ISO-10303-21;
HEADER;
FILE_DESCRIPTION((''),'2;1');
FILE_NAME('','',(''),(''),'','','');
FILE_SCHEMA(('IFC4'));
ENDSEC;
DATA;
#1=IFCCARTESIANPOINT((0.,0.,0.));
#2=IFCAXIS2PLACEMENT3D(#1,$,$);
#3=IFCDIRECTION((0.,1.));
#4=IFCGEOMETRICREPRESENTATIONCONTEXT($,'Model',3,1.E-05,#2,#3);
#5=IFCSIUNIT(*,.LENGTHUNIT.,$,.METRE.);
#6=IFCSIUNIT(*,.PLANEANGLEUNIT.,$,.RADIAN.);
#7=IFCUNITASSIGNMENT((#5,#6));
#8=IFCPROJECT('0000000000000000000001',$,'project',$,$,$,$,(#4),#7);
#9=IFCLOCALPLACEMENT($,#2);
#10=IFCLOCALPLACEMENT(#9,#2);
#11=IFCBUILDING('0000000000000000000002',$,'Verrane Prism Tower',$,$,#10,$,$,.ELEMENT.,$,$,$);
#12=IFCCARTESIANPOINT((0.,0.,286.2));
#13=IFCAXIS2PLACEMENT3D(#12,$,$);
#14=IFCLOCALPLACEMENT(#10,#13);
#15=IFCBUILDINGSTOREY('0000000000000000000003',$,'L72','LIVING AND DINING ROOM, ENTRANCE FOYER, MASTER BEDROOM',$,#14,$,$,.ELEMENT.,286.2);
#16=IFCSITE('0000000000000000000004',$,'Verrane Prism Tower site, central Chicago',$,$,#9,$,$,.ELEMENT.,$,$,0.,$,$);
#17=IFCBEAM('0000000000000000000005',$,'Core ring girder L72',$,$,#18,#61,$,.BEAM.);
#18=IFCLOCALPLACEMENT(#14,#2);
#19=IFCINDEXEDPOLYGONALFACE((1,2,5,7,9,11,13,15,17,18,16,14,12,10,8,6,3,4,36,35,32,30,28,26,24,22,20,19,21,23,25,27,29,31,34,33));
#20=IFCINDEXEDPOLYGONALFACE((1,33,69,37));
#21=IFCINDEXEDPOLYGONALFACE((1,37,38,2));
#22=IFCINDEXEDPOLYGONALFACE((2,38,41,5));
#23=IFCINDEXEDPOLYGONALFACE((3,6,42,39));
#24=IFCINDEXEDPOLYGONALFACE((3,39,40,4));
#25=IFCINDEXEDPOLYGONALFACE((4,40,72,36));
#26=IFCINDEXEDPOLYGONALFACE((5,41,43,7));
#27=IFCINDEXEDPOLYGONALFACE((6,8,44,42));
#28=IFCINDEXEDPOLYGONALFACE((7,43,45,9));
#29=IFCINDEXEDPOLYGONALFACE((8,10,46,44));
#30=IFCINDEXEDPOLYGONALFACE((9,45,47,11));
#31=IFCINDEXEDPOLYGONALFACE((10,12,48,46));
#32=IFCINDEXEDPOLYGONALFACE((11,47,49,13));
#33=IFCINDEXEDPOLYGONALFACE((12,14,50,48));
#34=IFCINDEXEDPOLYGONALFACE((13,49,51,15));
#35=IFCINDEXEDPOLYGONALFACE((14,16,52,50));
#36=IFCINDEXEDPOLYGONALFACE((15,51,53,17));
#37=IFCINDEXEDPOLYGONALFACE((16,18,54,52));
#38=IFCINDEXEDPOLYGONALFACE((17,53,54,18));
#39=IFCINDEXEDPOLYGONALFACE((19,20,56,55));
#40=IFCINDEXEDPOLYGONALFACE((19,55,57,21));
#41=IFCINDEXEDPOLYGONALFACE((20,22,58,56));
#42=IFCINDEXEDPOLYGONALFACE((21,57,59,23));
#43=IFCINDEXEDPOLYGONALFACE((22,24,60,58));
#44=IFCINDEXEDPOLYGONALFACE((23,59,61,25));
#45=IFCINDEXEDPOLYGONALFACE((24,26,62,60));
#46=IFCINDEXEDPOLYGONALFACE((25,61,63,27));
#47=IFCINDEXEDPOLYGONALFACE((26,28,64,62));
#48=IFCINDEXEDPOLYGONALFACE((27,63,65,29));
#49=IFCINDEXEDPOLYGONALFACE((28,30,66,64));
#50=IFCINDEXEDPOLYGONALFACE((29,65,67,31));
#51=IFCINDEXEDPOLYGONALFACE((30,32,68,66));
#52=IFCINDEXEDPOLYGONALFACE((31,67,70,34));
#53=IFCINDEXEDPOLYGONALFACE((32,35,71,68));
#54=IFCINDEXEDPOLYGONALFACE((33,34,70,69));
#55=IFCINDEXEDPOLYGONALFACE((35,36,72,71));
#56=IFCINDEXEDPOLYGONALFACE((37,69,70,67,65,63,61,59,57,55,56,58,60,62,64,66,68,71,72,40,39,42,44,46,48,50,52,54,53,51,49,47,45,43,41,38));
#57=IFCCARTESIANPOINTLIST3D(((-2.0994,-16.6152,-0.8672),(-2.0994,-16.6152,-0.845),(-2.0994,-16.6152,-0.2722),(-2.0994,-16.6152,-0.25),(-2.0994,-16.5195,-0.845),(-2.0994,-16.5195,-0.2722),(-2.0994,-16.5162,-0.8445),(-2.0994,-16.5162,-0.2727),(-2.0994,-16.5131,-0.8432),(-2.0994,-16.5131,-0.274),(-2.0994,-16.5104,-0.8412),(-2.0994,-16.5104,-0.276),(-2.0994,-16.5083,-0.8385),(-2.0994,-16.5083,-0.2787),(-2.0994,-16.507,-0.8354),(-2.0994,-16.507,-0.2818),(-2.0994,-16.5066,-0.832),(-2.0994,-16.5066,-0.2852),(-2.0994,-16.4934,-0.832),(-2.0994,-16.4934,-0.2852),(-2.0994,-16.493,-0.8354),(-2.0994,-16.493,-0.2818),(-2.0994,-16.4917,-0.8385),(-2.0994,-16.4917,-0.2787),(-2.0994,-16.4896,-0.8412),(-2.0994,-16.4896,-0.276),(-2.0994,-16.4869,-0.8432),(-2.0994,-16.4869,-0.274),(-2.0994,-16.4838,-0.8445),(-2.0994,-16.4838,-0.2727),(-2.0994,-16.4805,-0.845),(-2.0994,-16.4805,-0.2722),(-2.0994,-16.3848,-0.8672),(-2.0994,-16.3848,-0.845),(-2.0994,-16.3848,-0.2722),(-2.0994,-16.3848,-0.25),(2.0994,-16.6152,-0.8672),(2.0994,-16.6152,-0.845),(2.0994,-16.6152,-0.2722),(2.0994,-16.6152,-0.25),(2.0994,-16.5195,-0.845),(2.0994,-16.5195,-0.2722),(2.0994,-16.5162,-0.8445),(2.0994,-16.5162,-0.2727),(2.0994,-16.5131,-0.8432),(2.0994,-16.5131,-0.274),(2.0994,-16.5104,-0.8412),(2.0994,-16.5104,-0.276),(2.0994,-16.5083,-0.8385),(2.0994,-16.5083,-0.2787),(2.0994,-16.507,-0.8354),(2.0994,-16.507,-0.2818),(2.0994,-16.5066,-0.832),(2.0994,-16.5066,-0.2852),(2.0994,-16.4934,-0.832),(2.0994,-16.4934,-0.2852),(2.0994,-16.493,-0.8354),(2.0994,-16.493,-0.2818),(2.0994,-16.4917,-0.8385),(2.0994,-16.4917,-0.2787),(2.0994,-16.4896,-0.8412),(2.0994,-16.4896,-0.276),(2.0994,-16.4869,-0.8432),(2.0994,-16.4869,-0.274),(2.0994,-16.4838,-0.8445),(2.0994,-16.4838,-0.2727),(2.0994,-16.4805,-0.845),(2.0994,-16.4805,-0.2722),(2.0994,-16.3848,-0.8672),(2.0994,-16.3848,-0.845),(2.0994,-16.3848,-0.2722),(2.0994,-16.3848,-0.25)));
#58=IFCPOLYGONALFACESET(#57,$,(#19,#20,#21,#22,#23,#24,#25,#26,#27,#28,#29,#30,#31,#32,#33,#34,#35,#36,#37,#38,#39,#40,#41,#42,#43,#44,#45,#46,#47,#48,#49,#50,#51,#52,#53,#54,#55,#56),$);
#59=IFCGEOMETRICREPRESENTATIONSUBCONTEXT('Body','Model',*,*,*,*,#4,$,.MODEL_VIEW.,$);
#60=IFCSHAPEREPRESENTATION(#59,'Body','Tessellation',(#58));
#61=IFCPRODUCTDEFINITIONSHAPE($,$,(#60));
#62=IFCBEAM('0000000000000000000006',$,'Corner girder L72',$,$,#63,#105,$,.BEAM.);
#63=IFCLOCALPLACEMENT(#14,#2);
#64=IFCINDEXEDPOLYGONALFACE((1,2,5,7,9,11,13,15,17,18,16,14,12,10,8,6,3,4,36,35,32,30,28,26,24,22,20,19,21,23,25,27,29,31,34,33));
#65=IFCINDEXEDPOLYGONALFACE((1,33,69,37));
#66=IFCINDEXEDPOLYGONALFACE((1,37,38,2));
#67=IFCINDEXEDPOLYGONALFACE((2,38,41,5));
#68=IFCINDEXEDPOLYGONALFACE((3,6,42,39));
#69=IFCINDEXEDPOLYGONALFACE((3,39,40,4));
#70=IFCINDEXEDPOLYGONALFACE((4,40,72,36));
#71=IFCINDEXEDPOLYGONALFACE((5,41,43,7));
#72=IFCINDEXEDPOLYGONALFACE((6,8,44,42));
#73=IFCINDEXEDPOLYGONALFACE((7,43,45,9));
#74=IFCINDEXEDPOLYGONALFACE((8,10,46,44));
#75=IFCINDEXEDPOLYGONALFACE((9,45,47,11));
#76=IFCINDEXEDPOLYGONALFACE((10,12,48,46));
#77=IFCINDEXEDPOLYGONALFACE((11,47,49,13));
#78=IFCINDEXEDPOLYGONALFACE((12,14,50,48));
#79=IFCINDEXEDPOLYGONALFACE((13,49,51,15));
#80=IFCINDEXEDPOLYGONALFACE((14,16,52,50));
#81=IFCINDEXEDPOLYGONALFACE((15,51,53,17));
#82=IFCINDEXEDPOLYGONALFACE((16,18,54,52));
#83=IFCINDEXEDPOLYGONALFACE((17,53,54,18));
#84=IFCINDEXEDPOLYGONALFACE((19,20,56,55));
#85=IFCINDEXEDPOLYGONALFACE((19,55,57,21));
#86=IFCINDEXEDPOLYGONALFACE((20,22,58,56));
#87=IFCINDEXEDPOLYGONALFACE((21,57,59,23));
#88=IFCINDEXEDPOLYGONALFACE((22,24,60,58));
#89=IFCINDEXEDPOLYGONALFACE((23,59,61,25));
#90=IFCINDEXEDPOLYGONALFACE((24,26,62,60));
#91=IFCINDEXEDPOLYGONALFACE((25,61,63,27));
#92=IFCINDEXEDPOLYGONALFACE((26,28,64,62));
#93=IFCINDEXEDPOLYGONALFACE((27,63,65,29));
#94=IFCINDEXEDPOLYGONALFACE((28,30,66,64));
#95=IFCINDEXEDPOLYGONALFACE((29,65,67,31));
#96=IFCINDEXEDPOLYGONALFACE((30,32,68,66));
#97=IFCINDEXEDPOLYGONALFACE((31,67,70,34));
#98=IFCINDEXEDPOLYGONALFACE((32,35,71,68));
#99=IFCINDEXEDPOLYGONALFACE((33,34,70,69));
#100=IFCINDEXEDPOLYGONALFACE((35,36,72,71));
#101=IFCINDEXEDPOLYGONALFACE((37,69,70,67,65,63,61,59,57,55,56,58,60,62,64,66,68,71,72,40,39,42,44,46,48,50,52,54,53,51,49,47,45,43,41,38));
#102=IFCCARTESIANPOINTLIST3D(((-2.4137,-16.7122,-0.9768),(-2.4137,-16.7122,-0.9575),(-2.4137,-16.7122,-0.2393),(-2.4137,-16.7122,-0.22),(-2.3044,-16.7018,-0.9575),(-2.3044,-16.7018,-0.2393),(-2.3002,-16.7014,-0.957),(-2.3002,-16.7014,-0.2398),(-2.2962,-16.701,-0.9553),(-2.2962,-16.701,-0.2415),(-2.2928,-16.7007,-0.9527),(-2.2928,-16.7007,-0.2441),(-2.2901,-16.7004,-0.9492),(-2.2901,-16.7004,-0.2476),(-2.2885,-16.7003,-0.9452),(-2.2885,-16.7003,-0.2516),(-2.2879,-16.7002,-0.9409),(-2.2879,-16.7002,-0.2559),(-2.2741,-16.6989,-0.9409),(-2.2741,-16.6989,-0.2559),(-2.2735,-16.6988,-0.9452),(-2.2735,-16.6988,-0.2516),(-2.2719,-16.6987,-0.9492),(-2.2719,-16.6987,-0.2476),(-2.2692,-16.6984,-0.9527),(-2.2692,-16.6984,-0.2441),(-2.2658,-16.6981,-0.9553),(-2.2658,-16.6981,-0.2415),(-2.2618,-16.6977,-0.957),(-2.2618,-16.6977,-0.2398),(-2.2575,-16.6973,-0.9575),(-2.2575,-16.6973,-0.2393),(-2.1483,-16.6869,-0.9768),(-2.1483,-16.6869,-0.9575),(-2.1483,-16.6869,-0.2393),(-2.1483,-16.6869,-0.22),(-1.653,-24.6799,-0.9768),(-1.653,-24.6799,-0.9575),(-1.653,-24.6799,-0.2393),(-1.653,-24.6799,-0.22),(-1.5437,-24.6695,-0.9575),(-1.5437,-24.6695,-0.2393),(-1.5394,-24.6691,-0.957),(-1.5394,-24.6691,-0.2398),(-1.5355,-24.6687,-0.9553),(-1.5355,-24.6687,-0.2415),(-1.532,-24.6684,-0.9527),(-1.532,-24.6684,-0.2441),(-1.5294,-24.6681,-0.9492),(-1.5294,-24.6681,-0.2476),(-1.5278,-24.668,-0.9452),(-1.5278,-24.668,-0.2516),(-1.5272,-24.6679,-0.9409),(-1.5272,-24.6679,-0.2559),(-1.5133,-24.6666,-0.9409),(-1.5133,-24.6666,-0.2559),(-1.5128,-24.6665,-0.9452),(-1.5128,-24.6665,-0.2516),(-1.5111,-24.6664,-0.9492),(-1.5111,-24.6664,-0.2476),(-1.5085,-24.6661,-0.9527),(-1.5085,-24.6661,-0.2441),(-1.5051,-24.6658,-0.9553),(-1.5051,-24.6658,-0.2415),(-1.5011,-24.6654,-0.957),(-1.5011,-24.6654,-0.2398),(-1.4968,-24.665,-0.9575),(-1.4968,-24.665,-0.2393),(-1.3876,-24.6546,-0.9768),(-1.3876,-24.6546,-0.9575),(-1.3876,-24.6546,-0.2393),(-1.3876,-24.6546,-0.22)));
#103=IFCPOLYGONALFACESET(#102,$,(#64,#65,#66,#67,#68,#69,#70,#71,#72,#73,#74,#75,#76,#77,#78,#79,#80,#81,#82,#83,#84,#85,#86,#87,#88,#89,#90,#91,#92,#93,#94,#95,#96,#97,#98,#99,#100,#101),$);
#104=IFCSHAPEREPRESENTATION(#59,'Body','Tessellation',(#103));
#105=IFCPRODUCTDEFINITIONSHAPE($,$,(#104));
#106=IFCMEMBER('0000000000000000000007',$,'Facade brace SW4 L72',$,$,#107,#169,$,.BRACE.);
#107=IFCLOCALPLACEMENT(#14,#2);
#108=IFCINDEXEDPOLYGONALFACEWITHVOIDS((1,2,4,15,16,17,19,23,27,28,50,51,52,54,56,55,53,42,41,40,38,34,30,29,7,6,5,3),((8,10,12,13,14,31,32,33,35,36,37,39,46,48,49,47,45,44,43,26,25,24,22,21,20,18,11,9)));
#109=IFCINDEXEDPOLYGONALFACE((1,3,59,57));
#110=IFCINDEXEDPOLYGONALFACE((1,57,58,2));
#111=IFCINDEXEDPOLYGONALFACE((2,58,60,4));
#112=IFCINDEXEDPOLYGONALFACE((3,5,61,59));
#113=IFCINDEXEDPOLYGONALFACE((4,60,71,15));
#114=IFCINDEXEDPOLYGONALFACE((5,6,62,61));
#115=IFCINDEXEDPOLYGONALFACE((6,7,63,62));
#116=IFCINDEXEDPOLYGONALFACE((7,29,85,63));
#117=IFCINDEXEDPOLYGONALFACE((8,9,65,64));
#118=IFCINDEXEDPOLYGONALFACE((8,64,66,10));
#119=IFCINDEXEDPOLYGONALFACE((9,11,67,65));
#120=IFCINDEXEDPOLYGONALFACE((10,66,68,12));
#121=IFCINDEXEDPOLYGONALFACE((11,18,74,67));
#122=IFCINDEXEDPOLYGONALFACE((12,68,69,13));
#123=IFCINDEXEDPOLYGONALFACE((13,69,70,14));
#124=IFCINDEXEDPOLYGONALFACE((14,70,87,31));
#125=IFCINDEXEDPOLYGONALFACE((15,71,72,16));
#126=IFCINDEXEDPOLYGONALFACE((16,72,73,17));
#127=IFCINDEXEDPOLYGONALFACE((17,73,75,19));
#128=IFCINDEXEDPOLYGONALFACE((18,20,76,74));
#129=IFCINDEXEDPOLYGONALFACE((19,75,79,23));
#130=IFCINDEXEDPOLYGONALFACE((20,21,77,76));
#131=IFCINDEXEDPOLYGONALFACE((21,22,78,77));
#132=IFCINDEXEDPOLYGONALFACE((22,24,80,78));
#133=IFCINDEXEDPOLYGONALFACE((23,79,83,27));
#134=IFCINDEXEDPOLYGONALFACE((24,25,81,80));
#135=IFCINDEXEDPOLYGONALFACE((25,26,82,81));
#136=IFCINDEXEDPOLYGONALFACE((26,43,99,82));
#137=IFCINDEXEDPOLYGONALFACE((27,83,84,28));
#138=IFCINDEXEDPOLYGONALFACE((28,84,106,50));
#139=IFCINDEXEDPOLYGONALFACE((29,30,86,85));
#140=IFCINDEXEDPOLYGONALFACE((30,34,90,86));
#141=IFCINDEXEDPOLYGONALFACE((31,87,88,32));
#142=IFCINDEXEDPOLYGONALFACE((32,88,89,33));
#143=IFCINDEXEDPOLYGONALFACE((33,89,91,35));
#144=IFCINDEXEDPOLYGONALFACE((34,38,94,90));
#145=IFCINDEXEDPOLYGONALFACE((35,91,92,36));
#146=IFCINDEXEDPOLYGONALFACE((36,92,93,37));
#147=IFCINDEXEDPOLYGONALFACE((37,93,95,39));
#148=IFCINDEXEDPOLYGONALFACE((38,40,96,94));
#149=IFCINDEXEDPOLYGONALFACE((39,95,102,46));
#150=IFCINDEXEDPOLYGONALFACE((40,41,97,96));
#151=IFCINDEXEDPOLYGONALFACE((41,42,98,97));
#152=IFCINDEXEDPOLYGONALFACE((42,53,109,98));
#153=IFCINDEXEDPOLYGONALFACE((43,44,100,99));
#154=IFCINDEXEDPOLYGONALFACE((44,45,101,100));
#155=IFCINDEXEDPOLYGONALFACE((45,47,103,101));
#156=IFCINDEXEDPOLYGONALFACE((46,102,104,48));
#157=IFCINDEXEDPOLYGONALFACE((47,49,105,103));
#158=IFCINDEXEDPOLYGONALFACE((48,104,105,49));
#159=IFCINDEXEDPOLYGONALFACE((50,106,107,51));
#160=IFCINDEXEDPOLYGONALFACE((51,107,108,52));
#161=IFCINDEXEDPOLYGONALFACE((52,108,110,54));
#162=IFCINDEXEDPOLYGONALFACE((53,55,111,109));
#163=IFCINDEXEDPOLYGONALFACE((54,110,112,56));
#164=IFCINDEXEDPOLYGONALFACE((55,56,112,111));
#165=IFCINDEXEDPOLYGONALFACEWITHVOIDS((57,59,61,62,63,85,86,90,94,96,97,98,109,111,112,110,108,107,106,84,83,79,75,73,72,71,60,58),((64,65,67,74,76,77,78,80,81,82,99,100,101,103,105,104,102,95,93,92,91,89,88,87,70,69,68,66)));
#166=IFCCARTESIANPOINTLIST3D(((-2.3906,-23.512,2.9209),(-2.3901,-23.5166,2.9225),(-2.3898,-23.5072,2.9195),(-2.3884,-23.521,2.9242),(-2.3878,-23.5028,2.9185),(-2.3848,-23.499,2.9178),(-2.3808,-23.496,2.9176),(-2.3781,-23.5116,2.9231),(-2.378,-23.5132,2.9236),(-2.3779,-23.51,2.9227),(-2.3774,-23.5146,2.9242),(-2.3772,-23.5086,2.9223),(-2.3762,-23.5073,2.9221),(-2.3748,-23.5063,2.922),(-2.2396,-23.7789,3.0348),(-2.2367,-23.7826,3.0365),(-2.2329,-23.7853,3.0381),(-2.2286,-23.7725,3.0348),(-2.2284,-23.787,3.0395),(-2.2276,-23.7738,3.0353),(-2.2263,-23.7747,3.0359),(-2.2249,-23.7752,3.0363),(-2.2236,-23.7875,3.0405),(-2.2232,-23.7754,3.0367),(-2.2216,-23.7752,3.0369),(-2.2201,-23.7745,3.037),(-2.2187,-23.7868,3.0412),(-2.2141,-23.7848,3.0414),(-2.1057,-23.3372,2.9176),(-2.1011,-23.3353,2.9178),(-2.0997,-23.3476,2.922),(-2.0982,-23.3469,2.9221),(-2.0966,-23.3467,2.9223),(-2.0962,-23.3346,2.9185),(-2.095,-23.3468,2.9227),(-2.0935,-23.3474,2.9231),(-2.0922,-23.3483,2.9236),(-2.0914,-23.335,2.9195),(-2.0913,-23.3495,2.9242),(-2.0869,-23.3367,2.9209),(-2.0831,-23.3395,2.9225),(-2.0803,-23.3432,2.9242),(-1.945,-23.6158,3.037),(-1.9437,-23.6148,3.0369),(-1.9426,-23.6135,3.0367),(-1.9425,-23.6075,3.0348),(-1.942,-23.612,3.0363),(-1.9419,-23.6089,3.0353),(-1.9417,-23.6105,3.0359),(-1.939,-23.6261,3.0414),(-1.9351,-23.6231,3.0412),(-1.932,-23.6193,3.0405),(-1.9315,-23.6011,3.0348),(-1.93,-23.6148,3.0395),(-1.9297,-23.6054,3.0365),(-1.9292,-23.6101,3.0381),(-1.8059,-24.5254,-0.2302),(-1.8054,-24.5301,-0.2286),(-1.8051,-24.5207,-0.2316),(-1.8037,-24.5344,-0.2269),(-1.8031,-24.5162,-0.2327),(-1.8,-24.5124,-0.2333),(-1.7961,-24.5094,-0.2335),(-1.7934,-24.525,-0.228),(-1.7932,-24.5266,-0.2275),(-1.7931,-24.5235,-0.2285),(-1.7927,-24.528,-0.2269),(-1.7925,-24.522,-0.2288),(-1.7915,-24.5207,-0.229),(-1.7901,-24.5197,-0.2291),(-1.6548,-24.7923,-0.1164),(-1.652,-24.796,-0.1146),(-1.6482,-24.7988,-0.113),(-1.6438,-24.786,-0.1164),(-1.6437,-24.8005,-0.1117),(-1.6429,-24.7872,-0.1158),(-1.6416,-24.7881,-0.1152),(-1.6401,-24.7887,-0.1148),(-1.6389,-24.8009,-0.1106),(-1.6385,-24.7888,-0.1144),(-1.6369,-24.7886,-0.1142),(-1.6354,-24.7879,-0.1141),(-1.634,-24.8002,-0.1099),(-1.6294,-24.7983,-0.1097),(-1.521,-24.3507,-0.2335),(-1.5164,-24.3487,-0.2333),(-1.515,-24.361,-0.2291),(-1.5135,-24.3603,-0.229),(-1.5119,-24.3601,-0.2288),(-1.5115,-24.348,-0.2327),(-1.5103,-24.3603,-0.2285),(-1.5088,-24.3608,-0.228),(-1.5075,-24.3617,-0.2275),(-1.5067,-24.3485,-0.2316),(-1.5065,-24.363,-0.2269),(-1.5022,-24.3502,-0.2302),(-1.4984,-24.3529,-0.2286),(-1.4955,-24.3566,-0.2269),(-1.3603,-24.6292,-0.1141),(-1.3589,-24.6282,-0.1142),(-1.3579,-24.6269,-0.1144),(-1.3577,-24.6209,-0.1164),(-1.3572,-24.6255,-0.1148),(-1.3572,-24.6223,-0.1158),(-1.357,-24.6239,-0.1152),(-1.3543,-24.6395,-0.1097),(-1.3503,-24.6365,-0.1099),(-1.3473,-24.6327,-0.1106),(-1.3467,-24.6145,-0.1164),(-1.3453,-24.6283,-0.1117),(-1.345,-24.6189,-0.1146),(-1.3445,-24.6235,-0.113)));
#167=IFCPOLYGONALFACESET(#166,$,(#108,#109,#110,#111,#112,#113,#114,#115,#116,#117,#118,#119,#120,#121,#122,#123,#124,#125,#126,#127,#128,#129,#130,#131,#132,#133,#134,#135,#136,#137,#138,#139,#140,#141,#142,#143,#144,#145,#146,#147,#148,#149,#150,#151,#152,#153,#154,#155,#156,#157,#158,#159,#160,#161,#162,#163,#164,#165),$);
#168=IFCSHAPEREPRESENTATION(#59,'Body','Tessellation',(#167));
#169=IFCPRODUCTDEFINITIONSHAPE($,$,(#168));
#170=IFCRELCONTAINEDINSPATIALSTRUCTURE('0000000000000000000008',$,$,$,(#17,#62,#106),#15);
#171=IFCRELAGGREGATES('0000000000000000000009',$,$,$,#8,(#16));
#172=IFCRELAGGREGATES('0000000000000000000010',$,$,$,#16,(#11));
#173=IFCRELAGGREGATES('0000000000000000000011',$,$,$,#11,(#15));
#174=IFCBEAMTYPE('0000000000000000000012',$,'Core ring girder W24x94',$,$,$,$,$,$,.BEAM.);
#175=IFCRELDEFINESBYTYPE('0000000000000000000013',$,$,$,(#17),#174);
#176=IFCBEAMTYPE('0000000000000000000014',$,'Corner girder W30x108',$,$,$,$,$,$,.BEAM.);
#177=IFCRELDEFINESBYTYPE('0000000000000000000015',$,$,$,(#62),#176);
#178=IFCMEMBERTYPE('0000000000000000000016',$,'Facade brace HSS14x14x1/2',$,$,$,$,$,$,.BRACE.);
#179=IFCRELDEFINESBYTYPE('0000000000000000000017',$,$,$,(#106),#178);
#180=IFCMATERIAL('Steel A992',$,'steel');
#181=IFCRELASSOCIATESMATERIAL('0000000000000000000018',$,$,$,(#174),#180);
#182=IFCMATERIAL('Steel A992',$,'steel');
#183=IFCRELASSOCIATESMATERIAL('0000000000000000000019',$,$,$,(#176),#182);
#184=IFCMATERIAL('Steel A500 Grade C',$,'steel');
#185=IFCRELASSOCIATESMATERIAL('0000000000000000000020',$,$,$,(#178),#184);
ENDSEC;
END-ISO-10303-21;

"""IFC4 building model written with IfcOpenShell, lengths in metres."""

from ifc_helpers import new_model, si_unit, direction, frame, origin, origin_2d, place, context, subcontext, project, spatial, hollow_rectangle, i_section, extrude, material, material_profile, profile_set, type_object, element, save


model = new_model("IFC4")

# Units and contexts
model_context = context("Model", 3, precision=1e-05, world=origin(), true_north=direction((0.0, 1.0)))
body_context = subcontext(model_context, "Body", "Model", "MODEL_VIEW")
ifc_project = project(units=[si_unit("LENGTHUNIT", "METRE"), si_unit("PLANEANGLEUNIT", "RADIAN")], contexts=[model_context])

# Site, building, storey
site_placement = place(None, origin())
site = spatial("IfcSite", under=ifc_project, at=site_placement, Name="Verrane Prism Tower site, central Chicago", CompositionType="ELEMENT", RefElevation=0.0)
building_placement = place(site_placement, origin())
building = spatial("IfcBuilding", under=site, at=building_placement, Name="Verrane Prism Tower", CompositionType="ELEMENT")
storey_placement = place(building_placement, frame((0.0, 0.0, 286.2)))
storey = spatial("IfcBuildingStorey", under=building, at=storey_placement, Name="L72", Description="LIVING AND DINING ROOM, ENTRANCE FOYER, MASTER BEDROOM", CompositionType="ELEMENT", Elevation=286.2)

# Beams
ifc_material_1 = material(Name="Steel A992", Category="steel")
ifc_material_profile_1 = material_profile(ifc_material_1, i_section(OverallWidth=0.2305, OverallDepth=0.6172, WebThickness=0.0132, FlangeThickness=0.0222, FilletRadius=0.0129, at=origin_2d()), Name="W24x94")
ifc_profile_set_1 = profile_set([ifc_material_profile_1], Name="Steel A992")
beam_type_1 = type_object("IfcBeamType", Name="Core ring girder W24x94", PredefinedType="BEAM", material=ifc_profile_set_1)
beam_1_placement = place(storey_placement, frame((-2.0994, -16.5, -0.5586), z_axis=(1.0, 0.0, 0.0), x_axis=(0.0, 1.0, 0.0)))
element("IfcBeam", 1, at=beam_1_placement, inside=storey, type_object=beam_type_1, Name="Core ring girder L72", PredefinedType="BEAM", context=body_context, shape_type="SweptSolid", body=[
    extrude(i_section(OverallWidth=0.2305, OverallDepth=0.6172, WebThickness=0.0132, FlangeThickness=0.0222, FilletRadius=0.0129, at=origin_2d()), origin(), (0.0, 0.0, 1.0), 4.1987),
])
ifc_material_2 = material(Name="Steel A992", Category="steel")
ifc_material_profile_2 = material_profile(ifc_material_2, i_section(OverallWidth=0.2666, OverallDepth=0.7568, WebThickness=0.0139, FlangeThickness=0.0193, FilletRadius=0.0166, at=origin_2d()), Name="W30x108")
ifc_profile_set_2 = profile_set([ifc_material_profile_2], Name="Steel A992")
beam_type_2 = type_object("IfcBeamType", Name="Corner girder W30x108", PredefinedType="BEAM", material=ifc_profile_set_2)
beam_2_placement = place(storey_placement, frame((-1.5203, -24.6672, -0.5984), z_axis=(-0.095045, 0.995473, 0.0), x_axis=(-0.995473, -0.095045, 0.0)))
element("IfcBeam", 2, at=beam_2_placement, inside=storey, type_object=beam_type_2, Name="Corner girder L72", PredefinedType="BEAM", context=body_context, shape_type="SweptSolid", body=[
    extrude(i_section(OverallWidth=0.2666, OverallDepth=0.7568, WebThickness=0.0139, FlangeThickness=0.0193, FilletRadius=0.0166, at=origin_2d()), origin(), (0.0, 0.0, 1.0), 8.0039),
])

# Member
ifc_material_3 = material(Name="Steel A500 Grade C", Category="steel")
ifc_material_profile_3 = material_profile(ifc_material_3, hollow_rectangle(XDim=0.3557, YDim=0.3557, WallThickness=0.0127, InnerFilletRadius=0.0063, OuterFilletRadius=0.019, at=origin_2d()), Name="HSS14x14x1/2")
ifc_profile_set_3 = profile_set([ifc_material_profile_3], Name="Steel A500 Grade C")
member_type_1 = type_object("IfcMemberType", Name="Facade brace HSS14x14x1/2", PredefinedType="BRACE", material=ifc_profile_set_3)
member_1_placement = place(storey_placement, frame((-1.5752, -24.5745, -0.1716), z_axis=(-0.173954, 0.301497, 0.937465), x_axis=(-0.866168, -0.499753, 0.0)))
element("IfcMember", 3, at=member_1_placement, inside=storey, type_object=member_type_1, Name="Facade brace SW4 L72", PredefinedType="BRACE", context=body_context, shape_type="SweptSolid", body=[
    extrude(hollow_rectangle(XDim=0.3557, YDim=0.3557, WallThickness=0.0127, InnerFilletRadius=0.0063, OuterFilletRadius=0.019, at=origin_2d()), origin(), (0.0, 0.0, 1.0), 3.3613),
])

save(model, "model.ifc")
